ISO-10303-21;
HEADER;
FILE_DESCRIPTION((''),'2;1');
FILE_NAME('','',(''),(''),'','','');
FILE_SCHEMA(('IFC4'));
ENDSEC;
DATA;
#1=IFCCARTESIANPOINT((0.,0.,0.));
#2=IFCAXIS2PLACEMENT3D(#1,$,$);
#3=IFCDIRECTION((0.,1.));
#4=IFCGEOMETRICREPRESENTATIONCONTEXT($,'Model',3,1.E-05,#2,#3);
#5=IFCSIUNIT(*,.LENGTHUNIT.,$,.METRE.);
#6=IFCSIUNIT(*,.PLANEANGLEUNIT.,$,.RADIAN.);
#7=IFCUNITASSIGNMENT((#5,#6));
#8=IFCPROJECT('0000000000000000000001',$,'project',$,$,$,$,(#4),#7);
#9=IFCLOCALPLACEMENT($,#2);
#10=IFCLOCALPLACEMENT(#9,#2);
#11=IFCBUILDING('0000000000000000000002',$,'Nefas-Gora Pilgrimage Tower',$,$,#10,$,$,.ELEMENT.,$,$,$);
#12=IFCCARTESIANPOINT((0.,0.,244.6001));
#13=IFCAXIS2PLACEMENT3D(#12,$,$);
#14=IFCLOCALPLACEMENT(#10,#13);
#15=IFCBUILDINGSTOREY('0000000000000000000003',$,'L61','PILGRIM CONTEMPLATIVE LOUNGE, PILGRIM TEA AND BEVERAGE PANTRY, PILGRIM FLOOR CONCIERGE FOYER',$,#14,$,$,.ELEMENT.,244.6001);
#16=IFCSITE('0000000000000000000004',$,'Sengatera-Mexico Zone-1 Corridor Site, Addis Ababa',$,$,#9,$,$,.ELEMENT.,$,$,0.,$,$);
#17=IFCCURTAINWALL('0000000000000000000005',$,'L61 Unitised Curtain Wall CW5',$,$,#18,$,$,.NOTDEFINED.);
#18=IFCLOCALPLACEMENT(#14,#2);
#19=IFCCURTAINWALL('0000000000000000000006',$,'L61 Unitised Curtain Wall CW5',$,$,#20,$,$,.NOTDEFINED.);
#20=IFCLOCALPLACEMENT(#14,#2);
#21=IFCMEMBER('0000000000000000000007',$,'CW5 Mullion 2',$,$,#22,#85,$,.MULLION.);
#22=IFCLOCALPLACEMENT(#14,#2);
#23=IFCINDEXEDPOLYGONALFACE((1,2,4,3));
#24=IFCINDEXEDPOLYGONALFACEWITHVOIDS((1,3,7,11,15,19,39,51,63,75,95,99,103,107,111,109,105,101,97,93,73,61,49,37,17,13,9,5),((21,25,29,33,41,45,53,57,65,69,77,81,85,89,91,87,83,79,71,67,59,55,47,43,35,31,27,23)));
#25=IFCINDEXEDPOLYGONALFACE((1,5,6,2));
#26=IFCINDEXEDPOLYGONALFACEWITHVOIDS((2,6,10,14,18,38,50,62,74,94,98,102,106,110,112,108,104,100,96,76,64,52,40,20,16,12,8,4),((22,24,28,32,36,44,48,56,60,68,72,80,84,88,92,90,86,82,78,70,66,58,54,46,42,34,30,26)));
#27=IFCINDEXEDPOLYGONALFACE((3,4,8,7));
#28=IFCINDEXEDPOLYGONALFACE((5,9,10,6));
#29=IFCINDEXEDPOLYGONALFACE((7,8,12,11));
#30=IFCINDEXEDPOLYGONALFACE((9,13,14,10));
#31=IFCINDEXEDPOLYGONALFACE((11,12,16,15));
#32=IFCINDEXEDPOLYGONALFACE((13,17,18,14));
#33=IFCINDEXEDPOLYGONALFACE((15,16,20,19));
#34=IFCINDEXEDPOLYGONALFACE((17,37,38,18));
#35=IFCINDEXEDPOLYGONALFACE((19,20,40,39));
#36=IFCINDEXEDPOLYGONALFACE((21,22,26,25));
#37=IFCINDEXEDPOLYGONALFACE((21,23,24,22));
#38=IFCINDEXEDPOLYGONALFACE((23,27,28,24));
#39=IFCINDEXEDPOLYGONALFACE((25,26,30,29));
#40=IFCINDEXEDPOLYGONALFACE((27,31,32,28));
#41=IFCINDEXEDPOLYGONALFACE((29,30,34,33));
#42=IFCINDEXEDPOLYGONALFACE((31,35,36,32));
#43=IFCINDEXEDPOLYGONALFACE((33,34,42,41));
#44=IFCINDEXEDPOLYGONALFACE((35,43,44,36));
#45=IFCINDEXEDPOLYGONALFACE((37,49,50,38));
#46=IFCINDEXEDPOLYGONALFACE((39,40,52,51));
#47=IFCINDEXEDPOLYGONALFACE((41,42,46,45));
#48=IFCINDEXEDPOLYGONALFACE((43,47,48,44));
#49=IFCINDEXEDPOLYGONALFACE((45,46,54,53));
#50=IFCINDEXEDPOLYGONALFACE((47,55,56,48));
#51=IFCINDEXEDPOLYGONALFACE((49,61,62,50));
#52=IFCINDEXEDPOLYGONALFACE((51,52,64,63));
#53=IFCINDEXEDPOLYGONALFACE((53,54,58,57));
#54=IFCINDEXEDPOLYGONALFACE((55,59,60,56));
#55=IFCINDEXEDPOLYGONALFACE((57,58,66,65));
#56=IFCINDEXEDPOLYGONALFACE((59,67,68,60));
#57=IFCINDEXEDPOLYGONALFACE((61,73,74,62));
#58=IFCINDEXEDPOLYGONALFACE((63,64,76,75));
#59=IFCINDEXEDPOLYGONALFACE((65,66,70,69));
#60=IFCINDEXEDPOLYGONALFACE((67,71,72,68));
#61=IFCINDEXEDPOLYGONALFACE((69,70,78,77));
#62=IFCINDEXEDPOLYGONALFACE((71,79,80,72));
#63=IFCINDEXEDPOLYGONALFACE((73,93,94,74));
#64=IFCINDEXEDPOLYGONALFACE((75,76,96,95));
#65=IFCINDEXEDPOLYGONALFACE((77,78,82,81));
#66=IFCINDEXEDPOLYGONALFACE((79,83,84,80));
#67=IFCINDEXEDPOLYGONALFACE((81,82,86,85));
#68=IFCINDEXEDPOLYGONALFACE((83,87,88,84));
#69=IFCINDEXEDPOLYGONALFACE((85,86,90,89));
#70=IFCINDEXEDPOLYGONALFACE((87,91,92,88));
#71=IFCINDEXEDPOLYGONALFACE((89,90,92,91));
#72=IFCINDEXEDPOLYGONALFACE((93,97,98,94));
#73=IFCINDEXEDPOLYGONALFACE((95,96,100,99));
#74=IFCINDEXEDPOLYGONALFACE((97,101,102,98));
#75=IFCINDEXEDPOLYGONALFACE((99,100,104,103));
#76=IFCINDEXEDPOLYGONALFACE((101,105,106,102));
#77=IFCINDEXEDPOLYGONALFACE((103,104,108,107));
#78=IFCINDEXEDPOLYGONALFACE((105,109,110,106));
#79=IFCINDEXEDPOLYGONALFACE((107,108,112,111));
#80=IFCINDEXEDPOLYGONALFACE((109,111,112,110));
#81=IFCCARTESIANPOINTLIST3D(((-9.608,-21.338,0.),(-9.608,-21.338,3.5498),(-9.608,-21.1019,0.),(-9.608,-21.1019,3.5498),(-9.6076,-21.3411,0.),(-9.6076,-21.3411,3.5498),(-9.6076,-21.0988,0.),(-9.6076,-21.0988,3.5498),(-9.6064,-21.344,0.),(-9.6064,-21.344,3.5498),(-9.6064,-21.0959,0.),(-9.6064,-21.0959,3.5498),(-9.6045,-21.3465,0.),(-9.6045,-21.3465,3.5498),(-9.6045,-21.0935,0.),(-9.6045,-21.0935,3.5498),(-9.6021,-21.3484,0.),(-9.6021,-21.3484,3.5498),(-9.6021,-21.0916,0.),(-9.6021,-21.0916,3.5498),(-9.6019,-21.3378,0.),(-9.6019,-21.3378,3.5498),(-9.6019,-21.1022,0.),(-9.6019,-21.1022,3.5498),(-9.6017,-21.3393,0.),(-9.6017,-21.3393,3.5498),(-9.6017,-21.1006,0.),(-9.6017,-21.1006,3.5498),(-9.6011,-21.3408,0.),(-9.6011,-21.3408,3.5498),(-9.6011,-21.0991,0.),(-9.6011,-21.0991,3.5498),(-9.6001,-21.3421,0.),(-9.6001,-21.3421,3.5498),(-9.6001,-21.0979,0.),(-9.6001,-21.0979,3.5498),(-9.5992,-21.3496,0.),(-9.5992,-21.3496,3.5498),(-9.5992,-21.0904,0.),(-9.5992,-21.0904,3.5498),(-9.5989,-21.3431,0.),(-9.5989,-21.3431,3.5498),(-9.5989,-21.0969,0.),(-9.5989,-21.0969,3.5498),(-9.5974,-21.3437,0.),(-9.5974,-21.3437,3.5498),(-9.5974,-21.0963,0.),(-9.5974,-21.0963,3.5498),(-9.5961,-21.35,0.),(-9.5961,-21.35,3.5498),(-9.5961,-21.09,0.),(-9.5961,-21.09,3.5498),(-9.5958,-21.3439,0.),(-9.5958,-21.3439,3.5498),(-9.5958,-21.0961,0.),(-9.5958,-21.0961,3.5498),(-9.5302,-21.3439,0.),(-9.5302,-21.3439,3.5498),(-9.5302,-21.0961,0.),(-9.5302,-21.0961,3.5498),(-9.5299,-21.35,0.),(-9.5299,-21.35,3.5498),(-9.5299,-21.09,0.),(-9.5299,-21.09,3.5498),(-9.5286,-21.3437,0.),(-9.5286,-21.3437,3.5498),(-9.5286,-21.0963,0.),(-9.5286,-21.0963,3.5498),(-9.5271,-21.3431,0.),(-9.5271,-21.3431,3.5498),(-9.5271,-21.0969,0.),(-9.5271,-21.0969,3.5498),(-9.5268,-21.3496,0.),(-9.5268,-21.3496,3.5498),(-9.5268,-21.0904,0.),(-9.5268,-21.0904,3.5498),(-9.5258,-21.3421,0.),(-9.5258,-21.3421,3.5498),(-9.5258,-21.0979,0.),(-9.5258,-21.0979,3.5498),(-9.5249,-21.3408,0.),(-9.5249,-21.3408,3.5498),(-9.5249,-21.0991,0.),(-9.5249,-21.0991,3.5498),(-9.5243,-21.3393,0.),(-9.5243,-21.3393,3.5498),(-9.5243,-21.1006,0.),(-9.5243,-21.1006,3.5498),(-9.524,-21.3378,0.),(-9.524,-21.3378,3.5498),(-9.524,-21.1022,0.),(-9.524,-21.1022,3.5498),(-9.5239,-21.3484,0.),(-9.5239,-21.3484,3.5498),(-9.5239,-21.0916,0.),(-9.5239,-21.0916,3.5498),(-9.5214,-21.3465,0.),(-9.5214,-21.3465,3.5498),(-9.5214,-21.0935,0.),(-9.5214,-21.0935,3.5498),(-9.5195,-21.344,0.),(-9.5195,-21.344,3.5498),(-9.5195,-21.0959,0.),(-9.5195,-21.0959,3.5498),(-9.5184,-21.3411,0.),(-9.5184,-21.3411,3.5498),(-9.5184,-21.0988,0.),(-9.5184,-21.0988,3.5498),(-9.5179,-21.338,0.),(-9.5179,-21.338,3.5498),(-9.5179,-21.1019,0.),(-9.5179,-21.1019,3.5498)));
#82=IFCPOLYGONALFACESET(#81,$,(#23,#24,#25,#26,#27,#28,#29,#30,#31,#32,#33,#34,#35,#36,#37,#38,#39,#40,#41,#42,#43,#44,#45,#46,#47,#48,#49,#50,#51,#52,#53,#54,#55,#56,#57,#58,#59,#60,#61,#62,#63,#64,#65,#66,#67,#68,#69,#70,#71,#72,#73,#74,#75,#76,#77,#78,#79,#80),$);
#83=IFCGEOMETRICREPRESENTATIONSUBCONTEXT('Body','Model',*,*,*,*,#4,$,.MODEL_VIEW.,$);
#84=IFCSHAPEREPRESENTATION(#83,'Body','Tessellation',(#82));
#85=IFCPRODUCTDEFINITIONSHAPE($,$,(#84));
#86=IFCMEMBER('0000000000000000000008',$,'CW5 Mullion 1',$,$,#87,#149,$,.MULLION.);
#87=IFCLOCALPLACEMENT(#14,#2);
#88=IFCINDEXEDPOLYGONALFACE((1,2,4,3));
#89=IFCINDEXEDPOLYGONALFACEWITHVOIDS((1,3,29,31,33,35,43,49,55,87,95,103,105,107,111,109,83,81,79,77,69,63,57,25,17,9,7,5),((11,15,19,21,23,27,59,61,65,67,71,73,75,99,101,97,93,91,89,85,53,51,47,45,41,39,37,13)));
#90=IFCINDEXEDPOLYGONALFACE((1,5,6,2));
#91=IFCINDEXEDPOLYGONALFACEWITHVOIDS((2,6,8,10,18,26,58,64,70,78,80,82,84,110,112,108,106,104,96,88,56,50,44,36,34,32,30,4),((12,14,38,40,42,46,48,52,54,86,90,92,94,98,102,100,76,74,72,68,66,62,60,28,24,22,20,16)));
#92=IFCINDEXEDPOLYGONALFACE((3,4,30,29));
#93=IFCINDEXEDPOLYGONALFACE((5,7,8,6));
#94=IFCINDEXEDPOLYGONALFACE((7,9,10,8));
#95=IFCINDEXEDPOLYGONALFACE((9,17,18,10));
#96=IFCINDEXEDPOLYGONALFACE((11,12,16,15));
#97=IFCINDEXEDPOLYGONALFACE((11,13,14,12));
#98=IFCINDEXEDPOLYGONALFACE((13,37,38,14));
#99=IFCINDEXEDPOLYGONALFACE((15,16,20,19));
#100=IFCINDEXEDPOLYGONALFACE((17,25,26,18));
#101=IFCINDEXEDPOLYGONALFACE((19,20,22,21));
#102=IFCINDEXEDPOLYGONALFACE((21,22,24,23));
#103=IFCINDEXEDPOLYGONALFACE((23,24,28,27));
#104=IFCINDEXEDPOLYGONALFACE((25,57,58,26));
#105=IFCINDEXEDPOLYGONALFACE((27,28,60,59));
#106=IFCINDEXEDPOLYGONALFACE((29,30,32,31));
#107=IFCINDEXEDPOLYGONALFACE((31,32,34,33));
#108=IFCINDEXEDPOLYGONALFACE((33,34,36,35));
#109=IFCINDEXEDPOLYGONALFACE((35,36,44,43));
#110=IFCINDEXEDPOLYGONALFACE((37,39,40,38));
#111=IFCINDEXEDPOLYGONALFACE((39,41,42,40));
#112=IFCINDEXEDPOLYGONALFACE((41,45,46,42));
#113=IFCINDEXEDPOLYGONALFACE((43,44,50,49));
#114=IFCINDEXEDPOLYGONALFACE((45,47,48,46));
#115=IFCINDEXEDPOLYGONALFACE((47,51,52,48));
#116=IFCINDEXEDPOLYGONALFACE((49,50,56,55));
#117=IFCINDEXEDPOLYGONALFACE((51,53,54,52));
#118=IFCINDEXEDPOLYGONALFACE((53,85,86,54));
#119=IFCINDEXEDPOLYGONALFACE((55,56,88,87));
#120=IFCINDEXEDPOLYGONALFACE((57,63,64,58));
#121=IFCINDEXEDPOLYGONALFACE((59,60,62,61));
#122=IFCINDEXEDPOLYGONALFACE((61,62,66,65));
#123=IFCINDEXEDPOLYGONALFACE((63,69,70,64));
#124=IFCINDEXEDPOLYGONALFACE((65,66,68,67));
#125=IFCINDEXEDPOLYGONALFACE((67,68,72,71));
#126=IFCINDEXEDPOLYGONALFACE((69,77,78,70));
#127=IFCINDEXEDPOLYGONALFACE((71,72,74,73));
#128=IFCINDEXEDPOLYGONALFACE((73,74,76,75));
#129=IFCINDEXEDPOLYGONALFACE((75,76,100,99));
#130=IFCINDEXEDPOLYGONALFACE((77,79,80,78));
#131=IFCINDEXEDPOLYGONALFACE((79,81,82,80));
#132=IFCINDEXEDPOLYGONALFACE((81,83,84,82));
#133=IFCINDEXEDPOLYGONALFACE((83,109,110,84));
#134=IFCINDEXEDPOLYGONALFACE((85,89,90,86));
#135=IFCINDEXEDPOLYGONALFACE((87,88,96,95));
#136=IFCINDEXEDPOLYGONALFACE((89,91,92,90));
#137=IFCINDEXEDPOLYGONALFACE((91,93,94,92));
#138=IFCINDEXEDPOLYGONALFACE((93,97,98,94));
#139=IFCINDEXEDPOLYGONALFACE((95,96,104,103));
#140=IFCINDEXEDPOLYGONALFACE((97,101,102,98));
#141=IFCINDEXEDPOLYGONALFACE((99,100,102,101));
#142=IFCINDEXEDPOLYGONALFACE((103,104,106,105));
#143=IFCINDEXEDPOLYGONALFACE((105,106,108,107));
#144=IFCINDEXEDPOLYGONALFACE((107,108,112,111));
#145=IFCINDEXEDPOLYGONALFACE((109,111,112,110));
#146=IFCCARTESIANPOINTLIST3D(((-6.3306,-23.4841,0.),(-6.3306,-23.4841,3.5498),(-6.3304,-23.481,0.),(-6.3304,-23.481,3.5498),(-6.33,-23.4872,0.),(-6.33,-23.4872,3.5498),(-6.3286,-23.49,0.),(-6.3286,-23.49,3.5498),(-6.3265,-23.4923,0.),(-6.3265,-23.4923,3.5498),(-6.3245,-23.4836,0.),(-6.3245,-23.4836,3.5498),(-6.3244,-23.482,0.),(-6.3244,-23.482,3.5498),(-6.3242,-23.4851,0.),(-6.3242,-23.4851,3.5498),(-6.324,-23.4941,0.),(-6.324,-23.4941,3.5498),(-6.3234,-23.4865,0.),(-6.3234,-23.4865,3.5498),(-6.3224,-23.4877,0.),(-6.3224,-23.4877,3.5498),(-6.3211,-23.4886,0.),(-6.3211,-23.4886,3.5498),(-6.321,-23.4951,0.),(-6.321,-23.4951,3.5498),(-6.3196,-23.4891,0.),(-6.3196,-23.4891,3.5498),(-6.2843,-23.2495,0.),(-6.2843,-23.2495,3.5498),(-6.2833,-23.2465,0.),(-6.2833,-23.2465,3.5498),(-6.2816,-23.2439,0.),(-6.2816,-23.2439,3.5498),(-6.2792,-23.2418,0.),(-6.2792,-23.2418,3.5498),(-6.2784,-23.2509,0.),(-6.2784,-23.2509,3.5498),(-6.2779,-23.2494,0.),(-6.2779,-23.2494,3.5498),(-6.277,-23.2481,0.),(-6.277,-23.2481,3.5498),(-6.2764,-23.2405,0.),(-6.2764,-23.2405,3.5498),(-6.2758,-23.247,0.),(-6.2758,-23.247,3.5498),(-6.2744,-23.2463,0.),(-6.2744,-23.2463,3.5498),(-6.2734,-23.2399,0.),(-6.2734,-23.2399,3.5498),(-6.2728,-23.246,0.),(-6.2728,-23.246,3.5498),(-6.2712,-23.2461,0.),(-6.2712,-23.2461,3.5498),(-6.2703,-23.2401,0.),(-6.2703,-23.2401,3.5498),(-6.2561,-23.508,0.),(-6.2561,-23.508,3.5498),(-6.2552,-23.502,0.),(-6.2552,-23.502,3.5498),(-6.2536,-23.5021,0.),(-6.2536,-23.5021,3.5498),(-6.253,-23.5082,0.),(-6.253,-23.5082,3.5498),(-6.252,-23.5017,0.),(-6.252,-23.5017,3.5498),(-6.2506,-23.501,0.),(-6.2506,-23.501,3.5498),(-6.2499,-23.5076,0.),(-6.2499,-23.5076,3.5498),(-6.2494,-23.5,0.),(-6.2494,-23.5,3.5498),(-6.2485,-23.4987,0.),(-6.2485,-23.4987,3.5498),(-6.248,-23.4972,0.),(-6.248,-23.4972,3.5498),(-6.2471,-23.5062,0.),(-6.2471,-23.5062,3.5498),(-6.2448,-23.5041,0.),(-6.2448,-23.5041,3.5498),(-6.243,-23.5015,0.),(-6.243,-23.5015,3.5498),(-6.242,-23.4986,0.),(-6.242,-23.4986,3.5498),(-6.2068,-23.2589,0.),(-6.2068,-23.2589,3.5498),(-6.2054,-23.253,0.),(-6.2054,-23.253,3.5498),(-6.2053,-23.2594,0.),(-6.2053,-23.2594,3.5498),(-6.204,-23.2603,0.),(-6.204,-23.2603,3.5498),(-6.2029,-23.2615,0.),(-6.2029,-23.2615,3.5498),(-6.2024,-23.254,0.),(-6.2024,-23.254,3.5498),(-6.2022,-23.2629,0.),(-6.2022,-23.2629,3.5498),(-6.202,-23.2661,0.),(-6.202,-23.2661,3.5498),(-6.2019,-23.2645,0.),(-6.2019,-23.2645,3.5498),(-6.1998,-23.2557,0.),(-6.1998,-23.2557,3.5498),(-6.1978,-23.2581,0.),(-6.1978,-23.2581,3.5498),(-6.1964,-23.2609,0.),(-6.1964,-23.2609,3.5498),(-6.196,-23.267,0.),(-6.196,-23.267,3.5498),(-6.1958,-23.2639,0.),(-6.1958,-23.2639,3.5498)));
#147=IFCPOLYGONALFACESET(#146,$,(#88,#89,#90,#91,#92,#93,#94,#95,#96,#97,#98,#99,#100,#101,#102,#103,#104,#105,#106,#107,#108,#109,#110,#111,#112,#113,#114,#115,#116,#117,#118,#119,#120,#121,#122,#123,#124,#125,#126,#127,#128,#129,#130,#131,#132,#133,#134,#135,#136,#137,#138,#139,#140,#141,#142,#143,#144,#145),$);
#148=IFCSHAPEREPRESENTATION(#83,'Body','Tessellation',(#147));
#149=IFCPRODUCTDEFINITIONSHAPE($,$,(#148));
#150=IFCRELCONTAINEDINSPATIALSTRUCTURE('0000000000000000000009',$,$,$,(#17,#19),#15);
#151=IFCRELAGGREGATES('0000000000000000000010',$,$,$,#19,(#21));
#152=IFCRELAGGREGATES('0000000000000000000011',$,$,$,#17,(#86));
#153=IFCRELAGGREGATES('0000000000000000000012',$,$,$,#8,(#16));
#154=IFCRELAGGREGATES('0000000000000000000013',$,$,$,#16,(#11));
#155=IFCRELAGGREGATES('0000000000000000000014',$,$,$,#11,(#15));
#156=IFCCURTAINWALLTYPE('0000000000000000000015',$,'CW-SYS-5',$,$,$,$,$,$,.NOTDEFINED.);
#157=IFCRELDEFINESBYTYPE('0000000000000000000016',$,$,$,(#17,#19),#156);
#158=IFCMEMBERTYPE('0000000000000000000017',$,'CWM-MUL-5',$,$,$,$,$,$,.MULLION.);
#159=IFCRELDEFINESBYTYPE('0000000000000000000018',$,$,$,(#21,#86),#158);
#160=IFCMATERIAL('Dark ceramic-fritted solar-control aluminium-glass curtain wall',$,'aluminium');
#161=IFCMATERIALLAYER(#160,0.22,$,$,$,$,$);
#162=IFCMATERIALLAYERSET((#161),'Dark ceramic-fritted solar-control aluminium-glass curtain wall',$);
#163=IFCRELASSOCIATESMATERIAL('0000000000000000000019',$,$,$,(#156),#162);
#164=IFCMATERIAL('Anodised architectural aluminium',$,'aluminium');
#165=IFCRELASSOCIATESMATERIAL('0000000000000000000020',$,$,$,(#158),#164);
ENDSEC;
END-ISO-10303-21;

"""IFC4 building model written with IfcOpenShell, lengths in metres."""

from ifc_helpers import new_model, si_unit, direction, frame, origin, origin_2d, place, context, subcontext, project, spatial, hollow_rectangle, extrude, source, transform, mapped, material, layer, layer_set, material_profile, profile_set, type_object, element, aggregate, save


model = new_model("IFC4")

# Units and contexts
model_context = context("Model", 3, precision=1e-05, world=origin(), true_north=direction((0.0, 1.0)))
body_context = subcontext(model_context, "Body", "Model", "MODEL_VIEW")
ifc_project = project(units=[si_unit("LENGTHUNIT", "METRE"), si_unit("PLANEANGLEUNIT", "RADIAN")], contexts=[model_context])

# Site, building, storey
site_placement = place(None, origin())
site = spatial("IfcSite", under=ifc_project, at=site_placement, Name="Sengatera-Mexico Zone-1 Corridor Site, Addis Ababa", CompositionType="ELEMENT", RefElevation=0.0)
building_placement = place(site_placement, origin())
building = spatial("IfcBuilding", under=site, at=building_placement, Name="Nefas-Gora Pilgrimage Tower", CompositionType="ELEMENT")
storey_placement = place(building_placement, frame((0.0, 0.0, 244.6001)))
storey = spatial("IfcBuildingStorey", under=building, at=storey_placement, Name="L61", Description="PILGRIM CONTEMPLATIVE LOUNGE, PILGRIM TEA AND BEVERAGE PANTRY, PILGRIM FLOOR CONCIERGE FOYER", CompositionType="ELEMENT", Elevation=244.6001)

# Curtain walls, member
ifc_material_1 = material(Name="Dark ceramic-fritted solar-control aluminium-glass curtain wall", Category="aluminium")
ifc_layer_1 = layer(ifc_material_1, 0.22)
ifc_layer_set_1 = layer_set([ifc_layer_1], Name="Dark ceramic-fritted solar-control aluminium-glass curtain wall")
curtain_wall_type = type_object("IfcCurtainWallType", Name="CW-SYS-5", PredefinedType="NOTDEFINED", material=ifc_layer_set_1)
curtain_wall_1_placement = place(storey_placement, origin())
curtain_wall_1 = element("IfcCurtainWall", 1, at=curtain_wall_1_placement, inside=storey, type_object=curtain_wall_type, Name="L61 Unitised Curtain Wall CW5", PredefinedType="NOTDEFINED")
ifc_material_2 = material(Name="Anodised architectural aluminium", Category="aluminium")
curtain_wall_2_placement = place(storey_placement, origin())
curtain_wall_2 = element("IfcCurtainWall", 2, at=curtain_wall_2_placement, inside=storey, type_object=curtain_wall_type, Name="L61 Unitised Curtain Wall CW5", PredefinedType="NOTDEFINED")
ifc_material_profile_1 = material_profile(ifc_material_2, hollow_rectangle(XDim=0.0901, YDim=0.26, WallThickness=0.0061, InnerFilletRadius=0.0061, OuterFilletRadius=0.012, at=origin_2d()), Name="ALU MULLION 90x260")
ifc_profile_set_1 = profile_set([ifc_material_profile_1], Name="Anodised architectural aluminium")
member_type_1 = type_object("IfcMemberType", Name="CWM-MUL-5", PredefinedType="MULLION", material=ifc_profile_set_1)
shared_shape_1 = source(origin(), body_context, "Body", "SweptSolid", [
    extrude(hollow_rectangle(XDim=0.0901, YDim=0.26, WallThickness=0.0061, InnerFilletRadius=0.0061, OuterFilletRadius=0.012, at=origin_2d()), origin(), (0.0, 0.0, 1.0), 3.5498),
])
member_1_placement = place(storey_placement, frame((-9.563, -21.22, 0.0), z_axis=(0.0, 0.0, 1.0), x_axis=(1.0, 0.0, 0.0)))
member_1 = element("IfcMember", 3, at=member_1_placement, type_object=member_type_1, Name="CW5 Mullion 2", PredefinedType="MULLION", context=body_context, shape_type="MappedRepresentation", body=[
    mapped(shared_shape_1, transform((0.0, 0.0, 0.0), x_axis=(1.0, 0.0, 0.0), y_axis=(0.0, 1.0, 0.0), z_axis=(0.0, 0.0, 1.0), scale=1.0)),
])
aggregate(curtain_wall_2, [member_1])

# Member
member_2_placement = place(storey_placement, frame((-6.2632, -23.374, 0.0), z_axis=(0.0, 0.0, 1.0), x_axis=(0.980783, -0.195102, 0.0)))
member_2 = element("IfcMember", 4, at=member_2_placement, type_object=member_type_1, Name="CW5 Mullion 1", PredefinedType="MULLION", context=body_context, shape_type="MappedRepresentation", body=[
    mapped(shared_shape_1, transform((0.0, 0.0, 0.0), x_axis=(1.0, 0.0, 0.0), y_axis=(0.0, 1.0, 0.0), z_axis=(0.0, 0.0, 1.0), scale=1.0)),
])

aggregate(curtain_wall_1, [member_2])

save(model, "model.ifc")
